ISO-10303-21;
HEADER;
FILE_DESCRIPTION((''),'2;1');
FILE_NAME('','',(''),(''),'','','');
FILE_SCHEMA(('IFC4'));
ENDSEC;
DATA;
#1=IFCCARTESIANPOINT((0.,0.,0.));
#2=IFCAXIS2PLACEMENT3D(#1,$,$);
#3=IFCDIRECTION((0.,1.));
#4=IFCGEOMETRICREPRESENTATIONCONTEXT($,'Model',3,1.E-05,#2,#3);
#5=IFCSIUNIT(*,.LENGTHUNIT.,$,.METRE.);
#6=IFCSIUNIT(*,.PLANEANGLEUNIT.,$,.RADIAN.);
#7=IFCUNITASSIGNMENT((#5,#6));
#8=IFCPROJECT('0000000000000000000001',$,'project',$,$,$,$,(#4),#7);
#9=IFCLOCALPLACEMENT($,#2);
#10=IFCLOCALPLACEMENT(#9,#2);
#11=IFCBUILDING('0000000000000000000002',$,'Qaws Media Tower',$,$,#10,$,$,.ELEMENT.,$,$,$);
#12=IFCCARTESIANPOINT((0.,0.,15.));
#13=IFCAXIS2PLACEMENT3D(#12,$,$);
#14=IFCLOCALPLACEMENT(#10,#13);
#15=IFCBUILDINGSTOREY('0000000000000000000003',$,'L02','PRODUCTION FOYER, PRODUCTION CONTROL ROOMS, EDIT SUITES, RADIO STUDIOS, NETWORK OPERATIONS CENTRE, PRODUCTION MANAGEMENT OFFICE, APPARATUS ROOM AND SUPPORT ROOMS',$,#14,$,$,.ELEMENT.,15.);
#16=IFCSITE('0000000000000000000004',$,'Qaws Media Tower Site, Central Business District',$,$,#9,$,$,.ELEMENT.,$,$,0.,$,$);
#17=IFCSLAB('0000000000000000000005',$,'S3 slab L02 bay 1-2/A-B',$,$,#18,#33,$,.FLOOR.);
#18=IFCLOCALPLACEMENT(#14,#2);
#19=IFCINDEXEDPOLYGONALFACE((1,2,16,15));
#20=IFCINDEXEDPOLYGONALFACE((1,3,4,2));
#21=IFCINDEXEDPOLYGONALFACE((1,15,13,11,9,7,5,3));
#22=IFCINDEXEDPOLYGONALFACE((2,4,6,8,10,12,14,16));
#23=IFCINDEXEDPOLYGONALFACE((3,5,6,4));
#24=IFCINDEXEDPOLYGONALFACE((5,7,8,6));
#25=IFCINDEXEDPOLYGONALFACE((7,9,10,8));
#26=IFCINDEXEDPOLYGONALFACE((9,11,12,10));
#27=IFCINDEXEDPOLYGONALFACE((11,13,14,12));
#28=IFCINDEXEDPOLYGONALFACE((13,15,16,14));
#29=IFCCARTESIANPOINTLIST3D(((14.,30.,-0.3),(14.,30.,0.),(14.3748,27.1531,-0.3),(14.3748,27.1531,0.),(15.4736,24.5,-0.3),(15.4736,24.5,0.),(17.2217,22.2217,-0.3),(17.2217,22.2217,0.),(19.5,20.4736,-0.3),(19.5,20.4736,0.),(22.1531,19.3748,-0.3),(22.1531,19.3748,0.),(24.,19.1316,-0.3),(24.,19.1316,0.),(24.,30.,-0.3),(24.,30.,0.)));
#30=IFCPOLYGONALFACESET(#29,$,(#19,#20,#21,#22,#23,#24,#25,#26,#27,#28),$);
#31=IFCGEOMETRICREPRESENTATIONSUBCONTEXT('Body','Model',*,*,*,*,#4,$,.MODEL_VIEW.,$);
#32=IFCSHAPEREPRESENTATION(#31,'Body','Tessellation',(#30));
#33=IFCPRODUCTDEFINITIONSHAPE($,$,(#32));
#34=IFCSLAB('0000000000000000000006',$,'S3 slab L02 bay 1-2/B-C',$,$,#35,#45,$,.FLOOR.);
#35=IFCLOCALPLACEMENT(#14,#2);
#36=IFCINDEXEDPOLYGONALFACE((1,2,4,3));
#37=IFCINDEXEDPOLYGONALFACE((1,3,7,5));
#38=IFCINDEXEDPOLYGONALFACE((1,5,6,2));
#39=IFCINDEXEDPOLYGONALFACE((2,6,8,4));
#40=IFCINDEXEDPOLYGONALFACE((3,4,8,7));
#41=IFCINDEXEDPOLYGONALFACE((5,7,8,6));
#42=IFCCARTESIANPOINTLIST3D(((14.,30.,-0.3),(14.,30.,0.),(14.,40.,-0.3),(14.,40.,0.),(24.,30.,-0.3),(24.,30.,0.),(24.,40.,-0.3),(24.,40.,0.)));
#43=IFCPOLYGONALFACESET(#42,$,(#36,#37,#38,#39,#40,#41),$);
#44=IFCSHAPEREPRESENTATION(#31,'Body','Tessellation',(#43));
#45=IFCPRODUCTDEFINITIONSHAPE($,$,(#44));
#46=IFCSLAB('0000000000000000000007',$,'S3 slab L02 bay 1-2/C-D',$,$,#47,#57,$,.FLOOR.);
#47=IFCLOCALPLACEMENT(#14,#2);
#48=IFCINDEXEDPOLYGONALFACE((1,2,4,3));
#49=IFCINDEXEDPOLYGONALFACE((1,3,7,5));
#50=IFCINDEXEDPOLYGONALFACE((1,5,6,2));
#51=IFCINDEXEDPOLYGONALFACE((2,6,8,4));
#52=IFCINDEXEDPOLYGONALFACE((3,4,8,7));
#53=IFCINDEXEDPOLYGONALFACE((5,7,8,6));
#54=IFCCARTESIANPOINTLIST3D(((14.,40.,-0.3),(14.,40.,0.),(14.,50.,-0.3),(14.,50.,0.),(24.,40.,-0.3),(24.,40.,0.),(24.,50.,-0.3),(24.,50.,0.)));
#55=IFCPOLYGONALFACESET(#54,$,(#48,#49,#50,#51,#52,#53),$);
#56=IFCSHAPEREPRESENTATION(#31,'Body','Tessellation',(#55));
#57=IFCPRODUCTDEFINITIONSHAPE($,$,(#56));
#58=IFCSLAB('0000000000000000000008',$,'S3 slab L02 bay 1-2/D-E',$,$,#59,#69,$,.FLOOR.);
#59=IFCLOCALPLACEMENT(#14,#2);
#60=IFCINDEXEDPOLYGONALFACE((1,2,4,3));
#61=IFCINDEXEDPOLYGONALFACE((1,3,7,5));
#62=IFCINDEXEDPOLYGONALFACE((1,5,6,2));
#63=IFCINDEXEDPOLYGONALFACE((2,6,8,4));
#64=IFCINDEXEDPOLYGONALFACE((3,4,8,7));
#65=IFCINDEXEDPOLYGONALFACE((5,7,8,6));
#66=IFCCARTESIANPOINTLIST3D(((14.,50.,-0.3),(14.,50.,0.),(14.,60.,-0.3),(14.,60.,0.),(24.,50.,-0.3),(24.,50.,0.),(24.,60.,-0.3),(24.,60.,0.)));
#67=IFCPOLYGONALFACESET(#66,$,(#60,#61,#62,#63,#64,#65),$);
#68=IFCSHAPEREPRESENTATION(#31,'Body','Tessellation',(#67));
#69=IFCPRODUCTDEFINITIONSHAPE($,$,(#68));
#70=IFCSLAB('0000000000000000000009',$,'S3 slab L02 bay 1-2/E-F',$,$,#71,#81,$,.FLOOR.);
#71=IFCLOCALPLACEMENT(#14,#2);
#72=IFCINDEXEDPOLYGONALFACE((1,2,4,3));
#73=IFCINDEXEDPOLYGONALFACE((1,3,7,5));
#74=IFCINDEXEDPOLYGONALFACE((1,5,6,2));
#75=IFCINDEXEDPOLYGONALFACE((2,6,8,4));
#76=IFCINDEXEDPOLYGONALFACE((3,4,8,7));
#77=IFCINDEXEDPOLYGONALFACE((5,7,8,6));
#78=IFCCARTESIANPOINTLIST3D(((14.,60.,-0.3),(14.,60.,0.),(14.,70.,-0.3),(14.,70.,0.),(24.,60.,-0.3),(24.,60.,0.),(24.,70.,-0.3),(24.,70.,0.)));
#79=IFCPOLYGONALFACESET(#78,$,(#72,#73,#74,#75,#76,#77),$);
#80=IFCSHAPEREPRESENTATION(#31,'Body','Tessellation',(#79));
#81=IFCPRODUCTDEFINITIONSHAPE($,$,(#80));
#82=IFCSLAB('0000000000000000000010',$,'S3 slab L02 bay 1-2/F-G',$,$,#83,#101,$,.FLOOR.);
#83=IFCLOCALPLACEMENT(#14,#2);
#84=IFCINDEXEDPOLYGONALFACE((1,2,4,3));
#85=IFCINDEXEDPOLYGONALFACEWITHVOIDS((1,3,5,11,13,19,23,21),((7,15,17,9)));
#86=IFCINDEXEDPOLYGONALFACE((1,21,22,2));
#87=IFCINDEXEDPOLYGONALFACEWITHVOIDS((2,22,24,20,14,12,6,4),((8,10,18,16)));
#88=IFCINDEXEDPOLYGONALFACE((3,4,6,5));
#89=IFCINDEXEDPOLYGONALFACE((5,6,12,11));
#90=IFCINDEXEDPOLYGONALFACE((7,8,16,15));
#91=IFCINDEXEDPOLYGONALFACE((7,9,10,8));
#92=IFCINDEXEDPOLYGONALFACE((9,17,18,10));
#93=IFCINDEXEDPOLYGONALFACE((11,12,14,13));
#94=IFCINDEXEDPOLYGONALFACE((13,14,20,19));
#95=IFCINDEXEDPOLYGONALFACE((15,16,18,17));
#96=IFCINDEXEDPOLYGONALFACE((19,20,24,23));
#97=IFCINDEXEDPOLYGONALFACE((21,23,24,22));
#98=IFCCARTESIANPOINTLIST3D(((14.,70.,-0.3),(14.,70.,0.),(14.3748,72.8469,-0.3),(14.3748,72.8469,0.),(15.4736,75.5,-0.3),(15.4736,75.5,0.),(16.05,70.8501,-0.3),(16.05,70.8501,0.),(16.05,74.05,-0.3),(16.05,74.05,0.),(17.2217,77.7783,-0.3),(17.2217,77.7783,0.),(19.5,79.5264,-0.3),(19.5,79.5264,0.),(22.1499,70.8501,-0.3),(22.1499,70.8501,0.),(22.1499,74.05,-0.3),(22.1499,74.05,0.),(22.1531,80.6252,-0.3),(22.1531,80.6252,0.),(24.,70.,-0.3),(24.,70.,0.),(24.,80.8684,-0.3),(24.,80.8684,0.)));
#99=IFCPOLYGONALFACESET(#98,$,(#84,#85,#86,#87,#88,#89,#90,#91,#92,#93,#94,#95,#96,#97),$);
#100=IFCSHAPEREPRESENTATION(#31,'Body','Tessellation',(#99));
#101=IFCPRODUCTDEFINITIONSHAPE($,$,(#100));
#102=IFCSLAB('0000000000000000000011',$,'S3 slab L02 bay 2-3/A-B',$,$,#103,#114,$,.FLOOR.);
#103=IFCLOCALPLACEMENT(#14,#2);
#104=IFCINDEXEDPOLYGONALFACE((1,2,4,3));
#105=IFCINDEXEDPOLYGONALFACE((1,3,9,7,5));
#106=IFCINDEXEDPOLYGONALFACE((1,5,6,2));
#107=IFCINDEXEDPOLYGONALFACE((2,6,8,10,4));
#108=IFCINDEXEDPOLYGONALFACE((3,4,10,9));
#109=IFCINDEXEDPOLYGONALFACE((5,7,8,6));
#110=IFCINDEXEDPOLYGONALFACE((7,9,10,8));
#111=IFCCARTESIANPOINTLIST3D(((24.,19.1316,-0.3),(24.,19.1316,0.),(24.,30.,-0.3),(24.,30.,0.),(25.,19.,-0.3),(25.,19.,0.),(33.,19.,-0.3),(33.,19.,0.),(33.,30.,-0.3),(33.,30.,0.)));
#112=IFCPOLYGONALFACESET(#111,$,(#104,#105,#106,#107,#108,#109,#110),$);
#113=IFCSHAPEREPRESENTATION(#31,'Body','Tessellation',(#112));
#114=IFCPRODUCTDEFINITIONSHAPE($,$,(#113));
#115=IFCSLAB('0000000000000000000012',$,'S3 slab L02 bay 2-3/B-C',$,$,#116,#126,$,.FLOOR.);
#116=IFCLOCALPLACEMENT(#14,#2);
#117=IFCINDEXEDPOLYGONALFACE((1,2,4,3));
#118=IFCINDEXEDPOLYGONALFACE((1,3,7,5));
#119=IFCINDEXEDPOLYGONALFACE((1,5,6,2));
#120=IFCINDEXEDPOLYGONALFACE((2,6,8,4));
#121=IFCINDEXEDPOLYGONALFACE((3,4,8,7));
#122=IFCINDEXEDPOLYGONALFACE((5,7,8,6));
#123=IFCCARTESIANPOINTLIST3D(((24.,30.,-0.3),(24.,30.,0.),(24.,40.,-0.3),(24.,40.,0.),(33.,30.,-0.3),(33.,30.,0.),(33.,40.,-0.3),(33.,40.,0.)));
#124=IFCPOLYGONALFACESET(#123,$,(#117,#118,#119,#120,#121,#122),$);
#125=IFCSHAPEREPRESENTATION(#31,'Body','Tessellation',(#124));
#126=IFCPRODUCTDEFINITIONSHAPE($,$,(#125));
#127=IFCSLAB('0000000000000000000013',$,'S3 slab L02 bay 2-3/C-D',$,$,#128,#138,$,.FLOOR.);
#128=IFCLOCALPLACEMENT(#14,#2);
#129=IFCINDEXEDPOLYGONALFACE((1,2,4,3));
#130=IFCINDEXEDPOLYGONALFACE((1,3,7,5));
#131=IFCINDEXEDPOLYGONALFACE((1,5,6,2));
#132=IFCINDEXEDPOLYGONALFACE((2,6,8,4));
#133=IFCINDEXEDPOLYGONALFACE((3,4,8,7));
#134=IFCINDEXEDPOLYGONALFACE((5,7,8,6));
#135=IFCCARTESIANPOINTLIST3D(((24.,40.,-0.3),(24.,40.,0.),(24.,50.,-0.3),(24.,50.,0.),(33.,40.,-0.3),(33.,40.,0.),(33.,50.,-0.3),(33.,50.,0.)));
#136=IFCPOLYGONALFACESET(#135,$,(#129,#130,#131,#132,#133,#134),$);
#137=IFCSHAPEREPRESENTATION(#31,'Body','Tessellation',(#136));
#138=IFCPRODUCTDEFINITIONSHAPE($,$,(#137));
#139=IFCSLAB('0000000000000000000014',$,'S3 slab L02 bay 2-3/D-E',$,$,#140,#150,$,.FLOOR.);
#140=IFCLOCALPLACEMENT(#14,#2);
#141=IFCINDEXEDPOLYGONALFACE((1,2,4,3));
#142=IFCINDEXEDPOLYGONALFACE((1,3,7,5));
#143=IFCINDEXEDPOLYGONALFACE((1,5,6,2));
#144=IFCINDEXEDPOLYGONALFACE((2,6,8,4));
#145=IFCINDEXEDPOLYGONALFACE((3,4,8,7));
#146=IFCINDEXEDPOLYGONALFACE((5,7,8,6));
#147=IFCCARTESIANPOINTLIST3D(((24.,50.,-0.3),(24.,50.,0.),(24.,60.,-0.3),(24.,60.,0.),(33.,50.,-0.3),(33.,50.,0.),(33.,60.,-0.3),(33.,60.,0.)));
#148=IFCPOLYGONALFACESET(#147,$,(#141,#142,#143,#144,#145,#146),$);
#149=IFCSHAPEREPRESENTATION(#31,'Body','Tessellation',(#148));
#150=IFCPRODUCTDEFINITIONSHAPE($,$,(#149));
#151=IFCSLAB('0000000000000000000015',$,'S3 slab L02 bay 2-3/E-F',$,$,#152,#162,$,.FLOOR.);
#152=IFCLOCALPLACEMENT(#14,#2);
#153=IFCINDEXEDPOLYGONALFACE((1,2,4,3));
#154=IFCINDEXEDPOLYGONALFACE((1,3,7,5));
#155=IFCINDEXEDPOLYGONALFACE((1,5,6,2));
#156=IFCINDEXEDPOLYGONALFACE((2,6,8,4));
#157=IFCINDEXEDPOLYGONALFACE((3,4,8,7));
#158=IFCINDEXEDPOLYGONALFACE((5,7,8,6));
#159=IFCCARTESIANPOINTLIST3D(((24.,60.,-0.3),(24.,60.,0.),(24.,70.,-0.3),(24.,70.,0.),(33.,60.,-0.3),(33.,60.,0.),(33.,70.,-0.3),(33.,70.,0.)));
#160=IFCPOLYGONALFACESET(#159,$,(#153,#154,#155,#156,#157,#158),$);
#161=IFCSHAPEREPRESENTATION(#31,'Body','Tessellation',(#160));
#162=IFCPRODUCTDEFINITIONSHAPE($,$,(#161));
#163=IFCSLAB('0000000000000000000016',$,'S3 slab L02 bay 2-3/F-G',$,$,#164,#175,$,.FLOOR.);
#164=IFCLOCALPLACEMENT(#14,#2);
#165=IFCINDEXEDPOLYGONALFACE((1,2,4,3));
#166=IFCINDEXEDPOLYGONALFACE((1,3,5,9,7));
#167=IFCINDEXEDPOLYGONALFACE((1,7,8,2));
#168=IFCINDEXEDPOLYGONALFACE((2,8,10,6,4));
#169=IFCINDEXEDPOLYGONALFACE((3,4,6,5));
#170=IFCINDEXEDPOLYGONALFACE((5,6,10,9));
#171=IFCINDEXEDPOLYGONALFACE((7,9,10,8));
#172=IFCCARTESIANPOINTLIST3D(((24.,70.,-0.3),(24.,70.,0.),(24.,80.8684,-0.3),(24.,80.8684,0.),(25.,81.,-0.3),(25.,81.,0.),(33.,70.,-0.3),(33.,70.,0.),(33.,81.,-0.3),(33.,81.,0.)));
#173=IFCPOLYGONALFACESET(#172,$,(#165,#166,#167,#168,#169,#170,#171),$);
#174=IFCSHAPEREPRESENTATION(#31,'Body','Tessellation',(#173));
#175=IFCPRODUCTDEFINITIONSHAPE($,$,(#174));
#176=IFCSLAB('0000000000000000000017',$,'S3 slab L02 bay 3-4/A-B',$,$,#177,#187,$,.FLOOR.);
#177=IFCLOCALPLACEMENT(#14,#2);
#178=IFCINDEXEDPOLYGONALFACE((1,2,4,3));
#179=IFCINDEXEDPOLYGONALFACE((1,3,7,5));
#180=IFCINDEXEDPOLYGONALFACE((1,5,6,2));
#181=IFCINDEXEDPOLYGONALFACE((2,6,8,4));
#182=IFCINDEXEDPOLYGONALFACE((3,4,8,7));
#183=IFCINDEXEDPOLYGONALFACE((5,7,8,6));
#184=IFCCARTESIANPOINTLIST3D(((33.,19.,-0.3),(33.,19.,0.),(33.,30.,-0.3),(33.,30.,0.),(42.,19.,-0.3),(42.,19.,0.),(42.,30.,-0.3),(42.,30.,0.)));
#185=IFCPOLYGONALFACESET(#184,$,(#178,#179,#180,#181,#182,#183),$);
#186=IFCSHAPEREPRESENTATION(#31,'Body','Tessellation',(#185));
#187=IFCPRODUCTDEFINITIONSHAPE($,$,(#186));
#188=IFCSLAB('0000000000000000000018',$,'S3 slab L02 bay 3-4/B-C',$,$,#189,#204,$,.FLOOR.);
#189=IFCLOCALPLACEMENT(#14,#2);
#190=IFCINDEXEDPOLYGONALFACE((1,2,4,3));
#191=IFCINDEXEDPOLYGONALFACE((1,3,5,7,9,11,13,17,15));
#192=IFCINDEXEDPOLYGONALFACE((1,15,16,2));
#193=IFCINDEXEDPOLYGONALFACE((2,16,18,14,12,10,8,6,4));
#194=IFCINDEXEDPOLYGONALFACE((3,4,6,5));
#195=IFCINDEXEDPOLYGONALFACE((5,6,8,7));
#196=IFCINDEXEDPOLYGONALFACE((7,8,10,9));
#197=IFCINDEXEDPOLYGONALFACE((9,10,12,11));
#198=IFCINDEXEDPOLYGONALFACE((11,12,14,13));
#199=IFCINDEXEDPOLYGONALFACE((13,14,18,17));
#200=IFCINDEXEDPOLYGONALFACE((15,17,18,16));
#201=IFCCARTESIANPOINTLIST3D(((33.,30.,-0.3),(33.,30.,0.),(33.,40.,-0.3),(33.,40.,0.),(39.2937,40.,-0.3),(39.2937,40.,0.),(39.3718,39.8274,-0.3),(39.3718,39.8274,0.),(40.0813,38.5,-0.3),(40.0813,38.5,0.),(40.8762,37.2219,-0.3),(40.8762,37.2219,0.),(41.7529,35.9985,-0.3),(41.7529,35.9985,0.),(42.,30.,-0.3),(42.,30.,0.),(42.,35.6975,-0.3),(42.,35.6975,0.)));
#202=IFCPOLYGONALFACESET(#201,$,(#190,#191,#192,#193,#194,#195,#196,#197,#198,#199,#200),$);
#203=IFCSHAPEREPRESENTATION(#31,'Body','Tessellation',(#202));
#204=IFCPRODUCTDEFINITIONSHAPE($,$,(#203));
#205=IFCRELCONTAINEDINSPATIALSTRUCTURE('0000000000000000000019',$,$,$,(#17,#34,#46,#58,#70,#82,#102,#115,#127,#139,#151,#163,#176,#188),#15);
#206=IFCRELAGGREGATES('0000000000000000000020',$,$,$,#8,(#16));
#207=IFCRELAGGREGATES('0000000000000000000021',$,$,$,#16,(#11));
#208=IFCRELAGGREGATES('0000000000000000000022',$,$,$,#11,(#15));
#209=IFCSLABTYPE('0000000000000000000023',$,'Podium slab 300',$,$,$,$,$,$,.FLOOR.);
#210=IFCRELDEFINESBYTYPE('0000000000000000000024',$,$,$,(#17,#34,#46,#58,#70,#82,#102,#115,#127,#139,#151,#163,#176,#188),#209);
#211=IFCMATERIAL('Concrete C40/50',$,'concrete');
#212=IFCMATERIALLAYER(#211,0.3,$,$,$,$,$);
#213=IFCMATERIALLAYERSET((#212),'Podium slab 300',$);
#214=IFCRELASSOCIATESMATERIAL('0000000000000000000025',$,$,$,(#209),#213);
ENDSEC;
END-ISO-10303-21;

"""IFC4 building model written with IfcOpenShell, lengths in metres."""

from ifc_helpers import new_model, si_unit, direction, frame, origin, place, context, subcontext, project, spatial, polyline, outline, extrude, material, layer, layer_set, type_object, element, save


model = new_model("IFC4")

# Units and contexts
model_context = context("Model", 3, precision=1e-05, world=origin(), true_north=direction((0.0, 1.0)))
body_context = subcontext(model_context, "Body", "Model", "MODEL_VIEW")
ifc_project = project(units=[si_unit("LENGTHUNIT", "METRE"), si_unit("PLANEANGLEUNIT", "RADIAN")], contexts=[model_context])

# Site, building, storey
site_placement = place(None, origin())
site = spatial("IfcSite", under=ifc_project, at=site_placement, Name="Qaws Media Tower Site, Central Business District", CompositionType="ELEMENT", RefElevation=0.0)
building_placement = place(site_placement, origin())
building = spatial("IfcBuilding", under=site, at=building_placement, Name="Qaws Media Tower", CompositionType="ELEMENT")
storey_placement = place(building_placement, frame((0.0, 0.0, 15.0)))
storey = spatial("IfcBuildingStorey", under=building, at=storey_placement, Name="L02", Description="PRODUCTION FOYER, PRODUCTION CONTROL ROOMS, EDIT SUITES, RADIO STUDIOS, NETWORK OPERATIONS CENTRE, PRODUCTION MANAGEMENT OFFICE, APPARATUS ROOM AND SUPPORT ROOMS", CompositionType="ELEMENT", Elevation=15.0)

# Slabs
ifc_material = material(Name="Concrete C40/50", Category="concrete")
ifc_layer = layer(ifc_material, 0.3)
ifc_layer_set = layer_set([ifc_layer], Name="Podium slab 300")
slab_type = type_object("IfcSlabType", Name="Podium slab 300", PredefinedType="FLOOR", material=ifc_layer_set)
slab_1_placement = place(storey_placement, frame((0.0, 0.0, -0.3)))
element("IfcSlab", 1, at=slab_1_placement, inside=storey, type_object=slab_type, Name="S3 slab L02 bay 1-2/A-B", PredefinedType="FLOOR", context=body_context, shape_type="SweptSolid", body=[
    extrude(outline(polyline([(17.2217, 22.2217), (15.4736, 24.5), (14.3748, 27.1531), (14.0, 30.0), (24.0, 30.0), (24.0, 19.1316), (22.1531, 19.3748), (19.5, 20.4736), (17.2217, 22.2217)])), origin(), (0.0, 0.0, 1.0), 0.3),
])
slab_2_placement = place(storey_placement, frame((0.0, 0.0, -0.3)))
element("IfcSlab", 2, at=slab_2_placement, inside=storey, type_object=slab_type, Name="S3 slab L02 bay 1-2/B-C", PredefinedType="FLOOR", context=body_context, shape_type="SweptSolid", body=[
    extrude(outline(polyline([(14.0, 40.0), (24.0, 40.0), (24.0, 30.0), (14.0, 30.0), (14.0, 40.0)])), origin(), (0.0, 0.0, 1.0), 0.3),
])
slab_3_placement = place(storey_placement, frame((0.0, 0.0, -0.3)))
element("IfcSlab", 3, at=slab_3_placement, inside=storey, type_object=slab_type, Name="S3 slab L02 bay 1-2/C-D", PredefinedType="FLOOR", context=body_context, shape_type="SweptSolid", body=[
    extrude(outline(polyline([(14.0, 50.0), (24.0, 50.0), (24.0, 40.0), (14.0, 40.0), (14.0, 50.0)])), origin(), (0.0, 0.0, 1.0), 0.3),
])
slab_4_placement = place(storey_placement, frame((0.0, 0.0, -0.3)))
element("IfcSlab", 4, at=slab_4_placement, inside=storey, type_object=slab_type, Name="S3 slab L02 bay 1-2/D-E", PredefinedType="FLOOR", context=body_context, shape_type="SweptSolid", body=[
    extrude(outline(polyline([(14.0, 60.0), (24.0, 60.0), (24.0, 50.0), (14.0, 50.0), (14.0, 60.0)])), origin(), (0.0, 0.0, 1.0), 0.3),
])
slab_5_placement = place(storey_placement, frame((0.0, 0.0, -0.3)))
element("IfcSlab", 5, at=slab_5_placement, inside=storey, type_object=slab_type, Name="S3 slab L02 bay 1-2/E-F", PredefinedType="FLOOR", context=body_context, shape_type="SweptSolid", body=[
    extrude(outline(polyline([(14.0, 70.0), (24.0, 70.0), (24.0, 60.0), (14.0, 60.0), (14.0, 70.0)])), origin(), (0.0, 0.0, 1.0), 0.3),
])
slab_6_placement = place(storey_placement, frame((0.0, 0.0, -0.3)))
element("IfcSlab", 6, at=slab_6_placement, inside=storey, type_object=slab_type, Name="S3 slab L02 bay 1-2/F-G", PredefinedType="FLOOR", context=body_context, shape_type="SweptSolid", body=[
    extrude(outline(polyline([(14.3748, 72.8469), (15.4736, 75.5), (17.2217, 77.7783), (19.5, 79.5264), (22.1531, 80.6252), (24.0, 80.8684), (24.0, 70.0), (14.0, 70.0), (14.3748, 72.8469)]), holes=[polyline([(16.05, 70.8501), (22.1499, 70.8501), (22.1499, 74.05), (16.05, 74.05), (16.05, 70.8501)])]), origin(), (0.0, 0.0, 1.0), 0.3),
])
slab_7_placement = place(storey_placement, frame((0.0, 0.0, -0.3)))
element("IfcSlab", 7, at=slab_7_placement, inside=storey, type_object=slab_type, Name="S3 slab L02 bay 2-3/A-B", PredefinedType="FLOOR", context=body_context, shape_type="SweptSolid", body=[
    extrude(outline(polyline([(25.0, 19.0), (24.0, 19.1316), (24.0, 30.0), (33.0, 30.0), (33.0, 19.0), (25.0, 19.0)])), origin(), (0.0, 0.0, 1.0), 0.3),
])
slab_8_placement = place(storey_placement, frame((0.0, 0.0, -0.3)))
element("IfcSlab", 8, at=slab_8_placement, inside=storey, type_object=slab_type, Name="S3 slab L02 bay 2-3/B-C", PredefinedType="FLOOR", context=body_context, shape_type="SweptSolid", body=[
    extrude(outline(polyline([(24.0, 30.0), (24.0, 40.0), (33.0, 40.0), (33.0, 30.0), (24.0, 30.0)])), origin(), (0.0, 0.0, 1.0), 0.3),
])
slab_9_placement = place(storey_placement, frame((0.0, 0.0, -0.3)))
element("IfcSlab", 9, at=slab_9_placement, inside=storey, type_object=slab_type, Name="S3 slab L02 bay 2-3/C-D", PredefinedType="FLOOR", context=body_context, shape_type="SweptSolid", body=[
    extrude(outline(polyline([(24.0, 40.0), (24.0, 50.0), (33.0, 50.0), (33.0, 40.0), (24.0, 40.0)])), origin(), (0.0, 0.0, 1.0), 0.3),
])
slab_10_placement = place(storey_placement, frame((0.0, 0.0, -0.3)))
element("IfcSlab", 10, at=slab_10_placement, inside=storey, type_object=slab_type, Name="S3 slab L02 bay 2-3/D-E", PredefinedType="FLOOR", context=body_context, shape_type="SweptSolid", body=[
    extrude(outline(polyline([(24.0, 50.0), (24.0, 60.0), (33.0, 60.0), (33.0, 50.0), (24.0, 50.0)])), origin(), (0.0, 0.0, 1.0), 0.3),
])
slab_11_placement = place(storey_placement, frame((0.0, 0.0, -0.3)))
element("IfcSlab", 11, at=slab_11_placement, inside=storey, type_object=slab_type, Name="S3 slab L02 bay 2-3/E-F", PredefinedType="FLOOR", context=body_context, shape_type="SweptSolid", body=[
    extrude(outline(polyline([(24.0, 60.0), (24.0, 70.0), (33.0, 70.0), (33.0, 60.0), (24.0, 60.0)])), origin(), (0.0, 0.0, 1.0), 0.3),
])
slab_12_placement = place(storey_placement, frame((0.0, 0.0, -0.3)))
element("IfcSlab", 12, at=slab_12_placement, inside=storey, type_object=slab_type, Name="S3 slab L02 bay 2-3/F-G", PredefinedType="FLOOR", context=body_context, shape_type="SweptSolid", body=[
    extrude(outline(polyline([(25.0, 81.0), (33.0, 81.0), (33.0, 70.0), (24.0, 70.0), (24.0, 80.8684), (25.0, 81.0)])), origin(), (0.0, 0.0, 1.0), 0.3),
])
slab_13_placement = place(storey_placement, frame((0.0, 0.0, -0.3)))
element("IfcSlab", 13, at=slab_13_placement, inside=storey, type_object=slab_type, Name="S3 slab L02 bay 3-4/A-B", PredefinedType="FLOOR", context=body_context, shape_type="SweptSolid", body=[
    extrude(outline(polyline([(33.0, 19.0), (33.0, 30.0), (42.0, 30.0), (42.0, 19.0), (33.0, 19.0)])), origin(), (0.0, 0.0, 1.0), 0.3),
])
slab_14_placement = place(storey_placement, frame((0.0, 0.0, -0.3)))
element("IfcSlab", 14, at=slab_14_placement, inside=storey, type_object=slab_type, Name="S3 slab L02 bay 3-4/B-C", PredefinedType="FLOOR", context=body_context, shape_type="SweptSolid", body=[
    extrude(outline(polyline([(39.3718, 39.8274), (40.0813, 38.5), (40.8762, 37.2219), (41.7529, 35.9985), (42.0, 35.6975), (42.0, 30.0), (33.0, 30.0), (33.0, 40.0), (39.2937, 40.0), (39.3718, 39.8274)])), origin(), (0.0, 0.0, 1.0), 0.3),
])

save(model, "model.ifc")
